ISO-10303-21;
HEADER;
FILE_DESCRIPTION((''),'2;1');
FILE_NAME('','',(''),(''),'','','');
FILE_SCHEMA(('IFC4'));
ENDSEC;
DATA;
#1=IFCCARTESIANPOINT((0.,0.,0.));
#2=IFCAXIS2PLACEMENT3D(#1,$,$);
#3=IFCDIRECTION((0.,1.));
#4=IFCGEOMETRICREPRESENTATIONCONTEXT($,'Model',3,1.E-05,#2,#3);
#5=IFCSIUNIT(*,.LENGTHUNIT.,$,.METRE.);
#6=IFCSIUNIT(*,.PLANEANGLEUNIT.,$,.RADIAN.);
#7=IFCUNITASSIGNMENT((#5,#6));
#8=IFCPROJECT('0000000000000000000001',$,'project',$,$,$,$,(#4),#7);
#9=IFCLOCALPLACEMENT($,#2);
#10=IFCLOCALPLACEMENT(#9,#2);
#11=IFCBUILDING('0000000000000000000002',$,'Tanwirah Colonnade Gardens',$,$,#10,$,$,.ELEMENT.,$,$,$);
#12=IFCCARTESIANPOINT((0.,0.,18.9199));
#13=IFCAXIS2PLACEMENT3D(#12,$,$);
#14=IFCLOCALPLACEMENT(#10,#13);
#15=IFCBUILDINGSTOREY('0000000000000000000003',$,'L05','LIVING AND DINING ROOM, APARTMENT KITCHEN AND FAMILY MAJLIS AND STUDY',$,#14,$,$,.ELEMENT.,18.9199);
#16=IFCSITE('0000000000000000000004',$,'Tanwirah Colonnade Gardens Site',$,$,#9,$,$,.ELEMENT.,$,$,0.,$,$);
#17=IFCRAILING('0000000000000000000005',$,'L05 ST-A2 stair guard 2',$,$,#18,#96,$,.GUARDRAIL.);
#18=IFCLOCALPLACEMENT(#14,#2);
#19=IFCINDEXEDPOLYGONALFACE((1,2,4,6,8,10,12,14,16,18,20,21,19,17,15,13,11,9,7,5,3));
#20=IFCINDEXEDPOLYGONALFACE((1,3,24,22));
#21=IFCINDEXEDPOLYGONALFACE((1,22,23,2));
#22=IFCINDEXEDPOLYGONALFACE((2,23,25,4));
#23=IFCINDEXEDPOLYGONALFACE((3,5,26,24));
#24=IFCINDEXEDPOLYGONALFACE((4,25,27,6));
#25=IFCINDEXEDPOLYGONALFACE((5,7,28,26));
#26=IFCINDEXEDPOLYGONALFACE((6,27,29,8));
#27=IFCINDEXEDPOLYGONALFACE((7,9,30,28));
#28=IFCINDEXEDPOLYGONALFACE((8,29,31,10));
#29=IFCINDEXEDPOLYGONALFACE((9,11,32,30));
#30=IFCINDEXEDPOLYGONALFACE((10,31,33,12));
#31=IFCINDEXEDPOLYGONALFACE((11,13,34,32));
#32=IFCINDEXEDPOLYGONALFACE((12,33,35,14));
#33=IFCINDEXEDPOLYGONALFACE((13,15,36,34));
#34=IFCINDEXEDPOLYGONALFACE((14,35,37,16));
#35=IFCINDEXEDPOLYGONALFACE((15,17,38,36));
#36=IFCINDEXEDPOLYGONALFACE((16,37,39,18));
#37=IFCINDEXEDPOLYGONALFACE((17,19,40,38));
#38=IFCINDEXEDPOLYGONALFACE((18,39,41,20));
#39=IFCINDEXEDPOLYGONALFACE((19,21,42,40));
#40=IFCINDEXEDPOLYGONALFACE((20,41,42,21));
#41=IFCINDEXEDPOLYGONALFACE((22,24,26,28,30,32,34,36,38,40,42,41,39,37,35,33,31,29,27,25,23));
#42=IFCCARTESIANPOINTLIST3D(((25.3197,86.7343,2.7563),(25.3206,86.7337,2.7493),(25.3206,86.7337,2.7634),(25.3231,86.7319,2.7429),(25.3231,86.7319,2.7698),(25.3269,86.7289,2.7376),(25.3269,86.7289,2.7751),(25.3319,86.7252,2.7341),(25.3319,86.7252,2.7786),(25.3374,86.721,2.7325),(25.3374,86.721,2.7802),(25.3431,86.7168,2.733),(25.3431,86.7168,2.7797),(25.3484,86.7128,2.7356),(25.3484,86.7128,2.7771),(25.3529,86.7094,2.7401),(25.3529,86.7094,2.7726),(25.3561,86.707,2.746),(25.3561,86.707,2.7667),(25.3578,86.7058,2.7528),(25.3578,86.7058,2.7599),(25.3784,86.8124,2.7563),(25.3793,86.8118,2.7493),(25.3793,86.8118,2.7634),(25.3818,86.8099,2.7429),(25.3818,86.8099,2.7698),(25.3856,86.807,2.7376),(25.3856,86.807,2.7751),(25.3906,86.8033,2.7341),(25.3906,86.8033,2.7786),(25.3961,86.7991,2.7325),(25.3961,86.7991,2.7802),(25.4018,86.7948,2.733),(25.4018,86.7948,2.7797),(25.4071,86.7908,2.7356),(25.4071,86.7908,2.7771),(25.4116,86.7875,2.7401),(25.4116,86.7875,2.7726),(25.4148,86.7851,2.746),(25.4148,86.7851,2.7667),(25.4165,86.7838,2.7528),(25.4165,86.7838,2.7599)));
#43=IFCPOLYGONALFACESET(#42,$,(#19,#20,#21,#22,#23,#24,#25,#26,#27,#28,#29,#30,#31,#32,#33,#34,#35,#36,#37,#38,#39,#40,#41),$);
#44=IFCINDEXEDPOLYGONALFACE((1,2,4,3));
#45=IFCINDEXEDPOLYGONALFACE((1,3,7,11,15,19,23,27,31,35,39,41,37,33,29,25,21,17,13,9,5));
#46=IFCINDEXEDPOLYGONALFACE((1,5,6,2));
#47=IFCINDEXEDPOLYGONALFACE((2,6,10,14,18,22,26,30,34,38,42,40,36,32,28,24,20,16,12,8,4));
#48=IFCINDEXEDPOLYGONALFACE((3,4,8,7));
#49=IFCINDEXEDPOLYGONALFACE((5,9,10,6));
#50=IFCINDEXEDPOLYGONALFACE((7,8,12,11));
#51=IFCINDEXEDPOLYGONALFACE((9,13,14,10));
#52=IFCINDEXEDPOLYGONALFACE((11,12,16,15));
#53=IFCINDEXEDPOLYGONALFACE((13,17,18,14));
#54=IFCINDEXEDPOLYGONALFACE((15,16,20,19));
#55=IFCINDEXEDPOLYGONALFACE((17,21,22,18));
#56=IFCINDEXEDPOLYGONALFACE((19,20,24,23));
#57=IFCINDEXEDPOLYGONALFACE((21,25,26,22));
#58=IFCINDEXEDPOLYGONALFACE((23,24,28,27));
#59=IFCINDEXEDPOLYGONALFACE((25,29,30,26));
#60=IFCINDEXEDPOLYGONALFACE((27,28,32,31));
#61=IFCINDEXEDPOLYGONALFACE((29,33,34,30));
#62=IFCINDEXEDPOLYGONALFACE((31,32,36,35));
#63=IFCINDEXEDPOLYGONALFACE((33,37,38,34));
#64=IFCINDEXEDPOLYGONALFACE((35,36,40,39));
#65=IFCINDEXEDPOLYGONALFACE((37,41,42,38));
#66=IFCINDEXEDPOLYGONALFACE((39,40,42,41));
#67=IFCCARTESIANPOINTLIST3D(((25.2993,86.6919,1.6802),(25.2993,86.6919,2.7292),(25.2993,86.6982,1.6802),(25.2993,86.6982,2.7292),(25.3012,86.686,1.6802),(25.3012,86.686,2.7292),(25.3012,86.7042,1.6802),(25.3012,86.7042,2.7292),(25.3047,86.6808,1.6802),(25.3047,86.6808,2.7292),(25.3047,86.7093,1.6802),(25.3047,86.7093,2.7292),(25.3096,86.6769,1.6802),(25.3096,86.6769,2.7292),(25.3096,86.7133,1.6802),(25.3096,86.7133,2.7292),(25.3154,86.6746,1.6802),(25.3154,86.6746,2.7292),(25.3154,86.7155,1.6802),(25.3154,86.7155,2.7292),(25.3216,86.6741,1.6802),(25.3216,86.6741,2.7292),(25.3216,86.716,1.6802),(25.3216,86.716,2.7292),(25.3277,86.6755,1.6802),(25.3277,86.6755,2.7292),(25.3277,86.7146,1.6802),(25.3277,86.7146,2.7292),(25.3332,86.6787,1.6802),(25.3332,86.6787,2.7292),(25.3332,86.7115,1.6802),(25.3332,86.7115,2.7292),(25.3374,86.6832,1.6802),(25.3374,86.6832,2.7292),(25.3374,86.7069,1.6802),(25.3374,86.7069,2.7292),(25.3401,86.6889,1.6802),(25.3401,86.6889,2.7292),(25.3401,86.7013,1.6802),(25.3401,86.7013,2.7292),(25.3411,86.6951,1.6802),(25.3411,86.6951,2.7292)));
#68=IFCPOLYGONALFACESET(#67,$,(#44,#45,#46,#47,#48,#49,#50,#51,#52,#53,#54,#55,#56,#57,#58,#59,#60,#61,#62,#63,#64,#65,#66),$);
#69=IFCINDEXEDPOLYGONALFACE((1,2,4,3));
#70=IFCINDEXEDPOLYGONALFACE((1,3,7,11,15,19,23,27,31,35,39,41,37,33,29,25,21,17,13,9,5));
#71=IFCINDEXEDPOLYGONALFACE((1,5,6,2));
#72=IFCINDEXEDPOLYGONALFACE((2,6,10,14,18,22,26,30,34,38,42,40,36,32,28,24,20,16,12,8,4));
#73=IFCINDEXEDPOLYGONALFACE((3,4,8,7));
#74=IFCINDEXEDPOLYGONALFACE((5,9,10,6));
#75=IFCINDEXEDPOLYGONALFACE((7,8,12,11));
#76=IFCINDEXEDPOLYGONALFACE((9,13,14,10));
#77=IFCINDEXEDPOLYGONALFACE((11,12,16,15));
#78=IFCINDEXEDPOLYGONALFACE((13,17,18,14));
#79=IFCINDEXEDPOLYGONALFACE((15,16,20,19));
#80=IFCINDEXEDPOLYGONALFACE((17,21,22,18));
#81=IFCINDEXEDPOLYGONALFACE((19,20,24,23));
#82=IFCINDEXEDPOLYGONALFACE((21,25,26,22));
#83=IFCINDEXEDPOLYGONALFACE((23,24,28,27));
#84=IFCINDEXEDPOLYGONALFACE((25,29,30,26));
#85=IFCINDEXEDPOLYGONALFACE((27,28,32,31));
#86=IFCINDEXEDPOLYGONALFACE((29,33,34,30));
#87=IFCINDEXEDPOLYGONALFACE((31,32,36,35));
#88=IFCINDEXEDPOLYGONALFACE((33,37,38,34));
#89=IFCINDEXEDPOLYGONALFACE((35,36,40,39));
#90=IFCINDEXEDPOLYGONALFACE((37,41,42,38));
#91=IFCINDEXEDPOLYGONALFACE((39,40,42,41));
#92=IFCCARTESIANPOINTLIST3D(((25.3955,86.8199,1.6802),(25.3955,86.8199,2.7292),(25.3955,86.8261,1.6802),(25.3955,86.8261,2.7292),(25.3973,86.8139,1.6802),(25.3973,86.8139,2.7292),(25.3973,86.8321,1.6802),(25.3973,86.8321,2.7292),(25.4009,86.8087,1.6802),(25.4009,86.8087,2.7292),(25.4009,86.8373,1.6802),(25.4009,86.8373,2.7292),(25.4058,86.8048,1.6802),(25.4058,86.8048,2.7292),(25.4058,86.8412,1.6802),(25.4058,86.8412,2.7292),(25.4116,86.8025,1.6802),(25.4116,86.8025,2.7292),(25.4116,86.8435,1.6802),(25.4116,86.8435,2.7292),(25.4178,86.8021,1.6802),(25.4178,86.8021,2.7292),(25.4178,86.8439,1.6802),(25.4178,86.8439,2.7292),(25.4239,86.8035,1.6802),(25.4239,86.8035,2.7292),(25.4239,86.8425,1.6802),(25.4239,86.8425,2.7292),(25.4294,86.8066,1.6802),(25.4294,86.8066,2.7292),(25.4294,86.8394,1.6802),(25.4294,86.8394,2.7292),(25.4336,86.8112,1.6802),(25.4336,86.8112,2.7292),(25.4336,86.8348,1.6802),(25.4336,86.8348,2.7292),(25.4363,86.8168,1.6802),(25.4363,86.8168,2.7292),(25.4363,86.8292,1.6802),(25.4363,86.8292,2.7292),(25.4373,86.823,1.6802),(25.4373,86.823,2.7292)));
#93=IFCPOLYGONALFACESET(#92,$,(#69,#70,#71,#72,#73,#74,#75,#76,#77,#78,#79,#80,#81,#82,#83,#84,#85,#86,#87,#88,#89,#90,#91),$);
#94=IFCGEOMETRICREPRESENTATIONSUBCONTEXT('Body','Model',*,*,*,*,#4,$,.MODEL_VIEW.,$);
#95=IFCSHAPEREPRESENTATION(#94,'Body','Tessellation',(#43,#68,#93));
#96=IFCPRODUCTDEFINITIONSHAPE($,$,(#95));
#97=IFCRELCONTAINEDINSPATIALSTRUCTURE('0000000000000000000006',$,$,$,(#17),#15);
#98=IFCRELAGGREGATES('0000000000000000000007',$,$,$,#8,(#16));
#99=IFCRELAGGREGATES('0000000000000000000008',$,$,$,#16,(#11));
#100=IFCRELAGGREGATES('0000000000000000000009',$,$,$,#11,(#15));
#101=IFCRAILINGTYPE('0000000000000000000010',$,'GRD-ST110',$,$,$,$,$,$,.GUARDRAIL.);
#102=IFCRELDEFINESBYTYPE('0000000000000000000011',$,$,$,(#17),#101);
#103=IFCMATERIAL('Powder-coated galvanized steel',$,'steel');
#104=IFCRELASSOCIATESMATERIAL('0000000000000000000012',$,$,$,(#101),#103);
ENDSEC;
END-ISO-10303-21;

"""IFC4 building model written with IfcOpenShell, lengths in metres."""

from ifc_helpers import new_model, si_unit, direction, frame, origin, origin_2d, place, context, subcontext, project, spatial, circle, extrude, material, type_object, element, save


model = new_model("IFC4")

# Units and contexts
model_context = context("Model", 3, precision=1e-05, world=origin(), true_north=direction((0.0, 1.0)))
body_context = subcontext(model_context, "Body", "Model", "MODEL_VIEW")
ifc_project = project(units=[si_unit("LENGTHUNIT", "METRE"), si_unit("PLANEANGLEUNIT", "RADIAN")], contexts=[model_context])

# Site, building, storey
site_placement = place(None, origin())
site = spatial("IfcSite", under=ifc_project, at=site_placement, Name="Tanwirah Colonnade Gardens Site", CompositionType="ELEMENT", RefElevation=0.0)
building_placement = place(site_placement, origin())
building = spatial("IfcBuilding", under=site, at=building_placement, Name="Tanwirah Colonnade Gardens", CompositionType="ELEMENT")
storey_placement = place(building_placement, frame((0.0, 0.0, 18.9199)))
storey = spatial("IfcBuildingStorey", under=building, at=storey_placement, Name="L05", Description="LIVING AND DINING ROOM, APARTMENT KITCHEN AND FAMILY MAJLIS AND STUDY", CompositionType="ELEMENT", Elevation=18.9199)

# Railing
ifc_material_1 = material(Name="Powder-coated galvanized steel", Category="steel")
railing_type_1 = type_object("IfcRailingType", Name="GRD-ST110", PredefinedType="GUARDRAIL", material=ifc_material_1)
railing_1_placement = place(storey_placement, frame((25.3201, 86.6951, 1.6802)))
element("IfcRailing", 1, at=railing_1_placement, inside=storey, type_object=railing_type_1, Name="L05 ST-A2 stair guard 2", PredefinedType="GUARDRAIL", context=body_context, shape_type="SweptSolid", body=[
    extrude(circle(Radius=0.0239, at=origin_2d()), frame((0.0188, 0.0249, 1.0762), z_axis=(0.600976, 0.799267, 0.0), x_axis=(-0.799267, 0.600976, 0.0)), (0.0, 0.0, 1.0), 0.0977),
    extrude(circle(Radius=0.021, at=origin_2d()), origin(), (0.0, 0.0, 1.0), 1.0491),
    extrude(circle(Radius=0.021, at=origin_2d()), frame((0.0962, 0.1279, 0.0)), (0.0, 0.0, 1.0), 1.0491),
])

save(model, "model.ifc")
